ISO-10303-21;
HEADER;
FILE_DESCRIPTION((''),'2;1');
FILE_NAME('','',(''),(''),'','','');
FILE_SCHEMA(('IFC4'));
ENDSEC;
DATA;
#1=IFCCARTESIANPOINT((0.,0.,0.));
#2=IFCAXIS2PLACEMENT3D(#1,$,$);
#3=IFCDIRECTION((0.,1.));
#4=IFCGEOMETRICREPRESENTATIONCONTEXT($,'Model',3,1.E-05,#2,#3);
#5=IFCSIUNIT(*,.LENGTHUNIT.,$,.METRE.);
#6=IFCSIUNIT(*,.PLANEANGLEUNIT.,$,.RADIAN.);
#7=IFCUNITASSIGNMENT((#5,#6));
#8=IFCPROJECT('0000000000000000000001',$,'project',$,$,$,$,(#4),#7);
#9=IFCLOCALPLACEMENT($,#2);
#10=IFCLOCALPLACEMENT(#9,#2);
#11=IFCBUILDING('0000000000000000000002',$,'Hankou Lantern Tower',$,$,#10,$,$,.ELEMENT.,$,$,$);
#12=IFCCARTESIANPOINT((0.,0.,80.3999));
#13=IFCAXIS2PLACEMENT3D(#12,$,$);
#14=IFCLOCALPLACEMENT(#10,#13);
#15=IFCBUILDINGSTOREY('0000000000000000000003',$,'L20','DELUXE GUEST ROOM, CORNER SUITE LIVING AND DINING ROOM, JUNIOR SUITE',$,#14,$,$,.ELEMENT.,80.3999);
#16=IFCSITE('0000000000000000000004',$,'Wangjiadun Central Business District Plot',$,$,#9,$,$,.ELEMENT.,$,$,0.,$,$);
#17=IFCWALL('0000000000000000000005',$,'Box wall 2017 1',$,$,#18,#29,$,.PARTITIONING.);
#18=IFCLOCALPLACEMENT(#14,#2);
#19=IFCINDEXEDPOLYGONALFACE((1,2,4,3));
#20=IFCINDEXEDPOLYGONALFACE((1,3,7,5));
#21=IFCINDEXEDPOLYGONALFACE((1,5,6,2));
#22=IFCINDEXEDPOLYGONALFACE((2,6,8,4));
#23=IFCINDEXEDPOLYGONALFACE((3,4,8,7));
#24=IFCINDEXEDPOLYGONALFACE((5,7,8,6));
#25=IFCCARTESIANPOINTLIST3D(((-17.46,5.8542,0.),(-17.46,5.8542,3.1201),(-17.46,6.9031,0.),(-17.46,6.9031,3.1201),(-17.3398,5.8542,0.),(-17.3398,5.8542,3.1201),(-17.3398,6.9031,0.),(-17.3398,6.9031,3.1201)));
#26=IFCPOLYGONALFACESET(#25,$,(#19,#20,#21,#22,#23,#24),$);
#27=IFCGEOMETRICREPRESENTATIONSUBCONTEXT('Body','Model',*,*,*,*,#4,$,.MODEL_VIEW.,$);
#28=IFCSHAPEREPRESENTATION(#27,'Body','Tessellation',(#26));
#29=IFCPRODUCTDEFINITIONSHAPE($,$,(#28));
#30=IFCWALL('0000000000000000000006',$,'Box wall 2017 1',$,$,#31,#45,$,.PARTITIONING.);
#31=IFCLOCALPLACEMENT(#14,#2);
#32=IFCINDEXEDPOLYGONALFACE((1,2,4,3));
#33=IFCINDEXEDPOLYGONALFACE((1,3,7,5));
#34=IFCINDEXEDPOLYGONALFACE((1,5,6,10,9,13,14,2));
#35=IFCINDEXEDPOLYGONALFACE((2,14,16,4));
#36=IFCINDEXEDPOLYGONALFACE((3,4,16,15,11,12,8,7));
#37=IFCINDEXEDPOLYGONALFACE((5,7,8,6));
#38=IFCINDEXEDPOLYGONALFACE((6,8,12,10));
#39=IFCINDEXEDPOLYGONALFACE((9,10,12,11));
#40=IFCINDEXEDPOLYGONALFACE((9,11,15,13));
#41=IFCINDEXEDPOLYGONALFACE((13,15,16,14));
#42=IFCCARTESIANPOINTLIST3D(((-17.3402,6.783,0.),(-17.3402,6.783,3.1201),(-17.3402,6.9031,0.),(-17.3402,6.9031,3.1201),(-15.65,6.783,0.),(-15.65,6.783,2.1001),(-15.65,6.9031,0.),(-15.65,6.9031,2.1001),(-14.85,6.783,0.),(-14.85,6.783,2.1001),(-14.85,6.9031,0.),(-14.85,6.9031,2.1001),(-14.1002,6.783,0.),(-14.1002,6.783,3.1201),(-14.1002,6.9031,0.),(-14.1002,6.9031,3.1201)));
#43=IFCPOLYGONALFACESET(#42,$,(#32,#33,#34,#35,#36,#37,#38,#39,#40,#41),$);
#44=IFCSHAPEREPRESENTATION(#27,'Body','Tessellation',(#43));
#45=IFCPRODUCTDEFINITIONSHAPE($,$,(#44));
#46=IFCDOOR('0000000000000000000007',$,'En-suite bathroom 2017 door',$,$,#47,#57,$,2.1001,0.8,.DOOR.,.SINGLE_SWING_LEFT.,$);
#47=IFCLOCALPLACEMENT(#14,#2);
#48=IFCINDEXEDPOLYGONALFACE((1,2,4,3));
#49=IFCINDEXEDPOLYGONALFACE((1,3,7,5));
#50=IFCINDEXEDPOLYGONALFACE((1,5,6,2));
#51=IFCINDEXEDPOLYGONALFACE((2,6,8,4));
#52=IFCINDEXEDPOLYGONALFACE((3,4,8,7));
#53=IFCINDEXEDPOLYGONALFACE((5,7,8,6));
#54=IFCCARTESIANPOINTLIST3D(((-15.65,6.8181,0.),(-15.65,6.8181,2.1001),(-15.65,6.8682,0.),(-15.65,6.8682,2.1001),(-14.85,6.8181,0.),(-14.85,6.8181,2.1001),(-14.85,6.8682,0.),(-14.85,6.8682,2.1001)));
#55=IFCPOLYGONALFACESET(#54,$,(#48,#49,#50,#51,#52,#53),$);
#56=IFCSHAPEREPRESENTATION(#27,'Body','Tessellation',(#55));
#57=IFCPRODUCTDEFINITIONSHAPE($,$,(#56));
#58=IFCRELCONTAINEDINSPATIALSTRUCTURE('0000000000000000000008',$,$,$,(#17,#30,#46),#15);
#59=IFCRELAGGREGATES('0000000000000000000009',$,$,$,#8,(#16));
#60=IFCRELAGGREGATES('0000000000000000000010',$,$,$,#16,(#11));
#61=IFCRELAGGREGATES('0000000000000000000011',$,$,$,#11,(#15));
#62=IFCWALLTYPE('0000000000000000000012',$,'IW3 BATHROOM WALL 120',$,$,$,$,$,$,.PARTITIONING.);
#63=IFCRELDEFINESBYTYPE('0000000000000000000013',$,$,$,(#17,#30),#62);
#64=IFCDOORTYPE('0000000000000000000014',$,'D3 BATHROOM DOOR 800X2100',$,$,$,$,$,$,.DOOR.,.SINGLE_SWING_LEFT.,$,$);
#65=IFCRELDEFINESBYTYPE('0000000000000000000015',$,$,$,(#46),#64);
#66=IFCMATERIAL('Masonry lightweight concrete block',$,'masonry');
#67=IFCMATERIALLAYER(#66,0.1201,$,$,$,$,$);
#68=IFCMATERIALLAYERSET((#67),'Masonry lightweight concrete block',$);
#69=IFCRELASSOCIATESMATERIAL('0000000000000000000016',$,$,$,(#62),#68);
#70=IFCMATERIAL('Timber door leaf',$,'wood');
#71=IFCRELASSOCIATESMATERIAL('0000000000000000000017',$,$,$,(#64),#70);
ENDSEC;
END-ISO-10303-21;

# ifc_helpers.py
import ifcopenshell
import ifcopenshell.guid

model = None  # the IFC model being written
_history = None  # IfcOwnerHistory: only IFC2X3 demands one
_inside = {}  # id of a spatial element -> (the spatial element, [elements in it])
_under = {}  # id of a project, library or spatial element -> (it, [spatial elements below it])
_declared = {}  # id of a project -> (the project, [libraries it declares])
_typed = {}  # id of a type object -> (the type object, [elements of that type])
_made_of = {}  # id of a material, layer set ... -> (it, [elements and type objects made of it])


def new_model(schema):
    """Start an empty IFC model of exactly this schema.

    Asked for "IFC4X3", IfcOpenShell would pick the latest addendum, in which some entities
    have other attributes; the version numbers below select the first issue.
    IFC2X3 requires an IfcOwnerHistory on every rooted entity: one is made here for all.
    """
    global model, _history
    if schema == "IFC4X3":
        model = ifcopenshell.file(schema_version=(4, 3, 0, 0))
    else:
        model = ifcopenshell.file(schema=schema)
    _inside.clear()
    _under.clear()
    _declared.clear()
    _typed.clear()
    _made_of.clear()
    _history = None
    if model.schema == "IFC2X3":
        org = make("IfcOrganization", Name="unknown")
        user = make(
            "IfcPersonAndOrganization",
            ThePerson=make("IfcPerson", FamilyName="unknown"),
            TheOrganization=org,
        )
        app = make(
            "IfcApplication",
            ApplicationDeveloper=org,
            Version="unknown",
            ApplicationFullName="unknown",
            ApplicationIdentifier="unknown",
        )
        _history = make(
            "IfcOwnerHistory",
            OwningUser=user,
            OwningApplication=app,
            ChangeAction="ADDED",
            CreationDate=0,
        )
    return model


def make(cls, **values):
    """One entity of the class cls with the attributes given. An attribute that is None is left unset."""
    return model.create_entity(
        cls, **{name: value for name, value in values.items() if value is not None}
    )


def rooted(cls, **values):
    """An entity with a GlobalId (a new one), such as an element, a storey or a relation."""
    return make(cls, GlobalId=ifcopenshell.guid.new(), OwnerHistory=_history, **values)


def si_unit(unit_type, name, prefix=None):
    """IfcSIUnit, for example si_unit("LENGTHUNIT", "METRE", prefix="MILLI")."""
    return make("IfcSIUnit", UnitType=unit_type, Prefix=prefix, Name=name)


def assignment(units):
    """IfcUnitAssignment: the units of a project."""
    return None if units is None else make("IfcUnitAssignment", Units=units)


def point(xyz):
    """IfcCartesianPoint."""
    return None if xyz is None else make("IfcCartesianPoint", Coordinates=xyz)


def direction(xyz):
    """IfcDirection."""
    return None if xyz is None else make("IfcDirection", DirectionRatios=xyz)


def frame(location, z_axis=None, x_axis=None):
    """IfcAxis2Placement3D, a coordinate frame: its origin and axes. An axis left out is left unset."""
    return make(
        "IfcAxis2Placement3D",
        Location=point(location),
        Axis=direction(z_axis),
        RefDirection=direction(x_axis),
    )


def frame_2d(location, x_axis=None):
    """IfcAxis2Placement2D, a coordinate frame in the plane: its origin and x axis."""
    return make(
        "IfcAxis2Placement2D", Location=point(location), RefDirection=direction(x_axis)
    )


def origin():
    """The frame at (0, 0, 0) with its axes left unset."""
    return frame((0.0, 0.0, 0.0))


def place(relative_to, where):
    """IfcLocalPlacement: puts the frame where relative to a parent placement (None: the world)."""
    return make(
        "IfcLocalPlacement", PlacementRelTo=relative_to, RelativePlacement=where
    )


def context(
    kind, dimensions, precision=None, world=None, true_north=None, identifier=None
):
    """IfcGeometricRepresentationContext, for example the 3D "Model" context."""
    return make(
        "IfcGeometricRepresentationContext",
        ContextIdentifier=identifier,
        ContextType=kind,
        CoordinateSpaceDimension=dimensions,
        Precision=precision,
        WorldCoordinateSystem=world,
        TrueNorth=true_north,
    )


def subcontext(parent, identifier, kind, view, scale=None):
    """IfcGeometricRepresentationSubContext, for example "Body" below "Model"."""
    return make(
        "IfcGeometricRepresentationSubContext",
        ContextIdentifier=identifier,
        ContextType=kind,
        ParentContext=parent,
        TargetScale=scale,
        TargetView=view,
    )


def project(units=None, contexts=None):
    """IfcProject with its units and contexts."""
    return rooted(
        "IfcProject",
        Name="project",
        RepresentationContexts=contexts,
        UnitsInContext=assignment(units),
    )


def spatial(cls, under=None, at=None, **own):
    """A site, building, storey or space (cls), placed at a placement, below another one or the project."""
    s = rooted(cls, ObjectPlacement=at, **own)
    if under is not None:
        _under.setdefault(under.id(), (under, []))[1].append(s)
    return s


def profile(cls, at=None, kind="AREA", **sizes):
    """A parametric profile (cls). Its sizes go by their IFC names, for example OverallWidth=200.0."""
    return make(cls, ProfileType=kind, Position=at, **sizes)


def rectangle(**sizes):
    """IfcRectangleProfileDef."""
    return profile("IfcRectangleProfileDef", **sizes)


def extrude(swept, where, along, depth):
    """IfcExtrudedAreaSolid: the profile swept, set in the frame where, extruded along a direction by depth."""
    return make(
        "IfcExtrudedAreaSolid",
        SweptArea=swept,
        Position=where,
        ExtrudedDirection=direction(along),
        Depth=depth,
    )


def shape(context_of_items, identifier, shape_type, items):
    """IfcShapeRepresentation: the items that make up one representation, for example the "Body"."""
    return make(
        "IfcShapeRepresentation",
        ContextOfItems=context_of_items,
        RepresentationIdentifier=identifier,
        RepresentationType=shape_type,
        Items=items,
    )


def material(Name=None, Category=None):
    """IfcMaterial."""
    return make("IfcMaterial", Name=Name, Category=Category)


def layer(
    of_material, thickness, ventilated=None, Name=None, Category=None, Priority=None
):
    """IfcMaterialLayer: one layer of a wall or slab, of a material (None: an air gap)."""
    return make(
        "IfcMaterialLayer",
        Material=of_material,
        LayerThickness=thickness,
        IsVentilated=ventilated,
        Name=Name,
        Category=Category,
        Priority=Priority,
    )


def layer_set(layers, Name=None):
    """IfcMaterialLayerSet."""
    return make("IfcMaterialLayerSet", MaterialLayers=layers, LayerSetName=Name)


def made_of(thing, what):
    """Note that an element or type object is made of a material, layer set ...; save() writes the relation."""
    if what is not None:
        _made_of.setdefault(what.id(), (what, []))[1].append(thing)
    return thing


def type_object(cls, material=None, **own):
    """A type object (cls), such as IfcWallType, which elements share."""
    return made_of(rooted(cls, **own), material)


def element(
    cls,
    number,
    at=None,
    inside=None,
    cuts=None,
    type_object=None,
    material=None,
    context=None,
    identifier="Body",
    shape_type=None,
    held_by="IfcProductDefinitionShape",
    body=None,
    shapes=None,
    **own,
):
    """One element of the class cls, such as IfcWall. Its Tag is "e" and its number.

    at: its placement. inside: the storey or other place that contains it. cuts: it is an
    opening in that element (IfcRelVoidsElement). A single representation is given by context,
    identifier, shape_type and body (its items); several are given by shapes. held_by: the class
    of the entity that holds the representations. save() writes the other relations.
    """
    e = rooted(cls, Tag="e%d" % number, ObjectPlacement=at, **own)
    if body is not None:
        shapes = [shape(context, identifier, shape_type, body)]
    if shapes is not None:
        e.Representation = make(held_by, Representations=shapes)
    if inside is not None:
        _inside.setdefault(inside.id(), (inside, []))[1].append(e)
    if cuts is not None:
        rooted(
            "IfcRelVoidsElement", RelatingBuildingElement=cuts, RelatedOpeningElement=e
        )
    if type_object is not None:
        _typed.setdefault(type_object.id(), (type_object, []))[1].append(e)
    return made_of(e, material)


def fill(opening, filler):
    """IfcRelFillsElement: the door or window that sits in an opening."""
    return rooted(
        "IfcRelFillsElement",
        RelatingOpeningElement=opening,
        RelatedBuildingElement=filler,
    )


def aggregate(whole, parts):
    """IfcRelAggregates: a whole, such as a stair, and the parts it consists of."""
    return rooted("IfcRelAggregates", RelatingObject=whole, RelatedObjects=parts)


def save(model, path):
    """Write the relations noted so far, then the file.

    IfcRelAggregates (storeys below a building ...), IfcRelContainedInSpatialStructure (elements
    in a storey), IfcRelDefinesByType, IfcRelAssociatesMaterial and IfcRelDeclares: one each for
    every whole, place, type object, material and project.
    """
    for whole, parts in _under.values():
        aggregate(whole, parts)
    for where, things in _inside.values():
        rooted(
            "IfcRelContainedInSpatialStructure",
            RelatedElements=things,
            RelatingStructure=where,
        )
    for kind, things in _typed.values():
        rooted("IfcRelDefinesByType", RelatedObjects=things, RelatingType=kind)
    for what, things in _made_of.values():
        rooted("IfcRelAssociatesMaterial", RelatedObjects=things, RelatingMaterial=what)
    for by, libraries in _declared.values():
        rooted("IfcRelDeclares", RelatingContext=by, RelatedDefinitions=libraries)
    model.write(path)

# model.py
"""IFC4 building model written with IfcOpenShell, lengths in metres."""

from ifc_helpers import new_model, si_unit, direction, frame, frame_2d, origin, place, context, subcontext, project, spatial, rectangle, extrude, material, layer, layer_set, type_object, element, fill, save


model = new_model("IFC4")

# Units and contexts
model_context = context("Model", 3, precision=1e-05, world=origin(), true_north=direction((0.0, 1.0)))
body_context = subcontext(model_context, "Body", "Model", "MODEL_VIEW")
ifc_project = project(units=[si_unit("LENGTHUNIT", "METRE"), si_unit("PLANEANGLEUNIT", "RADIAN")], contexts=[model_context])

# Site, building, storey
site_placement = place(None, origin())
site = spatial("IfcSite", under=ifc_project, at=site_placement, Name="Wangjiadun Central Business District Plot", CompositionType="ELEMENT", RefElevation=0.0)
building_placement = place(site_placement, origin())
building = spatial("IfcBuilding", under=site, at=building_placement, Name="Hankou Lantern Tower", CompositionType="ELEMENT")
storey_placement = place(building_placement, frame((0.0, 0.0, 80.3999)))
storey = spatial("IfcBuildingStorey", under=building, at=storey_placement, Name="L20", Description="DELUXE GUEST ROOM, CORNER SUITE LIVING AND DINING ROOM, JUNIOR SUITE", CompositionType="ELEMENT", Elevation=80.3999)

# Shared definitions
ifc_material_1 = material(Name="Masonry lightweight concrete block", Category="masonry")
ifc_layer_1 = layer(ifc_material_1, 0.1201)
ifc_layer_set_1 = layer_set([ifc_layer_1], Name="Masonry lightweight concrete block")
wall_type_1 = type_object("IfcWallType", Name="IW3 BATHROOM WALL 120", PredefinedType="PARTITIONING", material=ifc_layer_set_1)

# Shared definitions
ifc_material_2 = material(Name="Timber door leaf", Category="wood")
door_type_1 = type_object("IfcDoorType", Name="D3 BATHROOM DOOR 800X2100", OperationType="SINGLE_SWING_LEFT", PredefinedType="DOOR", material=ifc_material_2)

# Wall
wall_1_placement = place(storey_placement, frame((-17.3999, 5.8542, 0.0), z_axis=(0.0, 0.0, 1.0), x_axis=(0.0, 1.0, 0.0)))
element("IfcWall", 1, at=wall_1_placement, inside=storey, type_object=wall_type_1, Name="Box wall 2017 1", PredefinedType="PARTITIONING", context=body_context, shape_type="SweptSolid", body=[
    extrude(rectangle(XDim=1.0488, YDim=0.1201, at=frame_2d((0.5244, 0.0))), origin(), (0.0, 0.0, 1.0), 3.1201),
])

# Wall, opening, door
wall_2_placement = place(storey_placement, frame((-14.1001, 6.843, 0.0), z_axis=(0.0, 0.0, 1.0), x_axis=(-1.0, 0.0, 0.0)))
wall_2 = element("IfcWall", 2, at=wall_2_placement, inside=storey, type_object=wall_type_1, Name="Box wall 2017 1", PredefinedType="PARTITIONING", context=body_context, shape_type="SweptSolid", body=[
    extrude(rectangle(XDim=3.24, YDim=0.1201, at=frame_2d((1.6201, 0.0))), origin(), (0.0, 0.0, 1.0), 3.1201),
])
opening_1_placement = place(wall_2_placement, frame((0.75, 0.0, 0.0)))
opening_1 = element("IfcOpeningElement", 3, at=opening_1_placement, cuts=wall_2, PredefinedType="OPENING", context=body_context, shape_type="SweptSolid", body=[
    extrude(rectangle(XDim=0.8, YDim=2.1001, at=frame_2d((0.3999, 1.05))), frame((0.0, 0.0701, 0.0), z_axis=(0.0, -1.0, 0.0), x_axis=(1.0, 0.0, 0.0)), (0.0, 0.0, 1.0), 0.1401),
])
door_1_placement = place(opening_1_placement, origin())
door_1 = element("IfcDoor", 4, at=door_1_placement, inside=storey, type_object=door_type_1, Name="En-suite bathroom 2017 door", OperationType="SINGLE_SWING_LEFT", OverallHeight=2.1001, OverallWidth=0.8, PredefinedType="DOOR", context=body_context, shape_type="SweptSolid", body=[
    extrude(rectangle(XDim=0.8, YDim=2.1001, at=frame_2d((0.3999, 1.05))), frame((0.0, 0.0249, 0.0), z_axis=(0.0, -1.0, 0.0), x_axis=(1.0, 0.0, 0.0)), (0.0, 0.0, 1.0), 0.05),
])
fill(opening_1, door_1)

save(model, "model.ifc")
